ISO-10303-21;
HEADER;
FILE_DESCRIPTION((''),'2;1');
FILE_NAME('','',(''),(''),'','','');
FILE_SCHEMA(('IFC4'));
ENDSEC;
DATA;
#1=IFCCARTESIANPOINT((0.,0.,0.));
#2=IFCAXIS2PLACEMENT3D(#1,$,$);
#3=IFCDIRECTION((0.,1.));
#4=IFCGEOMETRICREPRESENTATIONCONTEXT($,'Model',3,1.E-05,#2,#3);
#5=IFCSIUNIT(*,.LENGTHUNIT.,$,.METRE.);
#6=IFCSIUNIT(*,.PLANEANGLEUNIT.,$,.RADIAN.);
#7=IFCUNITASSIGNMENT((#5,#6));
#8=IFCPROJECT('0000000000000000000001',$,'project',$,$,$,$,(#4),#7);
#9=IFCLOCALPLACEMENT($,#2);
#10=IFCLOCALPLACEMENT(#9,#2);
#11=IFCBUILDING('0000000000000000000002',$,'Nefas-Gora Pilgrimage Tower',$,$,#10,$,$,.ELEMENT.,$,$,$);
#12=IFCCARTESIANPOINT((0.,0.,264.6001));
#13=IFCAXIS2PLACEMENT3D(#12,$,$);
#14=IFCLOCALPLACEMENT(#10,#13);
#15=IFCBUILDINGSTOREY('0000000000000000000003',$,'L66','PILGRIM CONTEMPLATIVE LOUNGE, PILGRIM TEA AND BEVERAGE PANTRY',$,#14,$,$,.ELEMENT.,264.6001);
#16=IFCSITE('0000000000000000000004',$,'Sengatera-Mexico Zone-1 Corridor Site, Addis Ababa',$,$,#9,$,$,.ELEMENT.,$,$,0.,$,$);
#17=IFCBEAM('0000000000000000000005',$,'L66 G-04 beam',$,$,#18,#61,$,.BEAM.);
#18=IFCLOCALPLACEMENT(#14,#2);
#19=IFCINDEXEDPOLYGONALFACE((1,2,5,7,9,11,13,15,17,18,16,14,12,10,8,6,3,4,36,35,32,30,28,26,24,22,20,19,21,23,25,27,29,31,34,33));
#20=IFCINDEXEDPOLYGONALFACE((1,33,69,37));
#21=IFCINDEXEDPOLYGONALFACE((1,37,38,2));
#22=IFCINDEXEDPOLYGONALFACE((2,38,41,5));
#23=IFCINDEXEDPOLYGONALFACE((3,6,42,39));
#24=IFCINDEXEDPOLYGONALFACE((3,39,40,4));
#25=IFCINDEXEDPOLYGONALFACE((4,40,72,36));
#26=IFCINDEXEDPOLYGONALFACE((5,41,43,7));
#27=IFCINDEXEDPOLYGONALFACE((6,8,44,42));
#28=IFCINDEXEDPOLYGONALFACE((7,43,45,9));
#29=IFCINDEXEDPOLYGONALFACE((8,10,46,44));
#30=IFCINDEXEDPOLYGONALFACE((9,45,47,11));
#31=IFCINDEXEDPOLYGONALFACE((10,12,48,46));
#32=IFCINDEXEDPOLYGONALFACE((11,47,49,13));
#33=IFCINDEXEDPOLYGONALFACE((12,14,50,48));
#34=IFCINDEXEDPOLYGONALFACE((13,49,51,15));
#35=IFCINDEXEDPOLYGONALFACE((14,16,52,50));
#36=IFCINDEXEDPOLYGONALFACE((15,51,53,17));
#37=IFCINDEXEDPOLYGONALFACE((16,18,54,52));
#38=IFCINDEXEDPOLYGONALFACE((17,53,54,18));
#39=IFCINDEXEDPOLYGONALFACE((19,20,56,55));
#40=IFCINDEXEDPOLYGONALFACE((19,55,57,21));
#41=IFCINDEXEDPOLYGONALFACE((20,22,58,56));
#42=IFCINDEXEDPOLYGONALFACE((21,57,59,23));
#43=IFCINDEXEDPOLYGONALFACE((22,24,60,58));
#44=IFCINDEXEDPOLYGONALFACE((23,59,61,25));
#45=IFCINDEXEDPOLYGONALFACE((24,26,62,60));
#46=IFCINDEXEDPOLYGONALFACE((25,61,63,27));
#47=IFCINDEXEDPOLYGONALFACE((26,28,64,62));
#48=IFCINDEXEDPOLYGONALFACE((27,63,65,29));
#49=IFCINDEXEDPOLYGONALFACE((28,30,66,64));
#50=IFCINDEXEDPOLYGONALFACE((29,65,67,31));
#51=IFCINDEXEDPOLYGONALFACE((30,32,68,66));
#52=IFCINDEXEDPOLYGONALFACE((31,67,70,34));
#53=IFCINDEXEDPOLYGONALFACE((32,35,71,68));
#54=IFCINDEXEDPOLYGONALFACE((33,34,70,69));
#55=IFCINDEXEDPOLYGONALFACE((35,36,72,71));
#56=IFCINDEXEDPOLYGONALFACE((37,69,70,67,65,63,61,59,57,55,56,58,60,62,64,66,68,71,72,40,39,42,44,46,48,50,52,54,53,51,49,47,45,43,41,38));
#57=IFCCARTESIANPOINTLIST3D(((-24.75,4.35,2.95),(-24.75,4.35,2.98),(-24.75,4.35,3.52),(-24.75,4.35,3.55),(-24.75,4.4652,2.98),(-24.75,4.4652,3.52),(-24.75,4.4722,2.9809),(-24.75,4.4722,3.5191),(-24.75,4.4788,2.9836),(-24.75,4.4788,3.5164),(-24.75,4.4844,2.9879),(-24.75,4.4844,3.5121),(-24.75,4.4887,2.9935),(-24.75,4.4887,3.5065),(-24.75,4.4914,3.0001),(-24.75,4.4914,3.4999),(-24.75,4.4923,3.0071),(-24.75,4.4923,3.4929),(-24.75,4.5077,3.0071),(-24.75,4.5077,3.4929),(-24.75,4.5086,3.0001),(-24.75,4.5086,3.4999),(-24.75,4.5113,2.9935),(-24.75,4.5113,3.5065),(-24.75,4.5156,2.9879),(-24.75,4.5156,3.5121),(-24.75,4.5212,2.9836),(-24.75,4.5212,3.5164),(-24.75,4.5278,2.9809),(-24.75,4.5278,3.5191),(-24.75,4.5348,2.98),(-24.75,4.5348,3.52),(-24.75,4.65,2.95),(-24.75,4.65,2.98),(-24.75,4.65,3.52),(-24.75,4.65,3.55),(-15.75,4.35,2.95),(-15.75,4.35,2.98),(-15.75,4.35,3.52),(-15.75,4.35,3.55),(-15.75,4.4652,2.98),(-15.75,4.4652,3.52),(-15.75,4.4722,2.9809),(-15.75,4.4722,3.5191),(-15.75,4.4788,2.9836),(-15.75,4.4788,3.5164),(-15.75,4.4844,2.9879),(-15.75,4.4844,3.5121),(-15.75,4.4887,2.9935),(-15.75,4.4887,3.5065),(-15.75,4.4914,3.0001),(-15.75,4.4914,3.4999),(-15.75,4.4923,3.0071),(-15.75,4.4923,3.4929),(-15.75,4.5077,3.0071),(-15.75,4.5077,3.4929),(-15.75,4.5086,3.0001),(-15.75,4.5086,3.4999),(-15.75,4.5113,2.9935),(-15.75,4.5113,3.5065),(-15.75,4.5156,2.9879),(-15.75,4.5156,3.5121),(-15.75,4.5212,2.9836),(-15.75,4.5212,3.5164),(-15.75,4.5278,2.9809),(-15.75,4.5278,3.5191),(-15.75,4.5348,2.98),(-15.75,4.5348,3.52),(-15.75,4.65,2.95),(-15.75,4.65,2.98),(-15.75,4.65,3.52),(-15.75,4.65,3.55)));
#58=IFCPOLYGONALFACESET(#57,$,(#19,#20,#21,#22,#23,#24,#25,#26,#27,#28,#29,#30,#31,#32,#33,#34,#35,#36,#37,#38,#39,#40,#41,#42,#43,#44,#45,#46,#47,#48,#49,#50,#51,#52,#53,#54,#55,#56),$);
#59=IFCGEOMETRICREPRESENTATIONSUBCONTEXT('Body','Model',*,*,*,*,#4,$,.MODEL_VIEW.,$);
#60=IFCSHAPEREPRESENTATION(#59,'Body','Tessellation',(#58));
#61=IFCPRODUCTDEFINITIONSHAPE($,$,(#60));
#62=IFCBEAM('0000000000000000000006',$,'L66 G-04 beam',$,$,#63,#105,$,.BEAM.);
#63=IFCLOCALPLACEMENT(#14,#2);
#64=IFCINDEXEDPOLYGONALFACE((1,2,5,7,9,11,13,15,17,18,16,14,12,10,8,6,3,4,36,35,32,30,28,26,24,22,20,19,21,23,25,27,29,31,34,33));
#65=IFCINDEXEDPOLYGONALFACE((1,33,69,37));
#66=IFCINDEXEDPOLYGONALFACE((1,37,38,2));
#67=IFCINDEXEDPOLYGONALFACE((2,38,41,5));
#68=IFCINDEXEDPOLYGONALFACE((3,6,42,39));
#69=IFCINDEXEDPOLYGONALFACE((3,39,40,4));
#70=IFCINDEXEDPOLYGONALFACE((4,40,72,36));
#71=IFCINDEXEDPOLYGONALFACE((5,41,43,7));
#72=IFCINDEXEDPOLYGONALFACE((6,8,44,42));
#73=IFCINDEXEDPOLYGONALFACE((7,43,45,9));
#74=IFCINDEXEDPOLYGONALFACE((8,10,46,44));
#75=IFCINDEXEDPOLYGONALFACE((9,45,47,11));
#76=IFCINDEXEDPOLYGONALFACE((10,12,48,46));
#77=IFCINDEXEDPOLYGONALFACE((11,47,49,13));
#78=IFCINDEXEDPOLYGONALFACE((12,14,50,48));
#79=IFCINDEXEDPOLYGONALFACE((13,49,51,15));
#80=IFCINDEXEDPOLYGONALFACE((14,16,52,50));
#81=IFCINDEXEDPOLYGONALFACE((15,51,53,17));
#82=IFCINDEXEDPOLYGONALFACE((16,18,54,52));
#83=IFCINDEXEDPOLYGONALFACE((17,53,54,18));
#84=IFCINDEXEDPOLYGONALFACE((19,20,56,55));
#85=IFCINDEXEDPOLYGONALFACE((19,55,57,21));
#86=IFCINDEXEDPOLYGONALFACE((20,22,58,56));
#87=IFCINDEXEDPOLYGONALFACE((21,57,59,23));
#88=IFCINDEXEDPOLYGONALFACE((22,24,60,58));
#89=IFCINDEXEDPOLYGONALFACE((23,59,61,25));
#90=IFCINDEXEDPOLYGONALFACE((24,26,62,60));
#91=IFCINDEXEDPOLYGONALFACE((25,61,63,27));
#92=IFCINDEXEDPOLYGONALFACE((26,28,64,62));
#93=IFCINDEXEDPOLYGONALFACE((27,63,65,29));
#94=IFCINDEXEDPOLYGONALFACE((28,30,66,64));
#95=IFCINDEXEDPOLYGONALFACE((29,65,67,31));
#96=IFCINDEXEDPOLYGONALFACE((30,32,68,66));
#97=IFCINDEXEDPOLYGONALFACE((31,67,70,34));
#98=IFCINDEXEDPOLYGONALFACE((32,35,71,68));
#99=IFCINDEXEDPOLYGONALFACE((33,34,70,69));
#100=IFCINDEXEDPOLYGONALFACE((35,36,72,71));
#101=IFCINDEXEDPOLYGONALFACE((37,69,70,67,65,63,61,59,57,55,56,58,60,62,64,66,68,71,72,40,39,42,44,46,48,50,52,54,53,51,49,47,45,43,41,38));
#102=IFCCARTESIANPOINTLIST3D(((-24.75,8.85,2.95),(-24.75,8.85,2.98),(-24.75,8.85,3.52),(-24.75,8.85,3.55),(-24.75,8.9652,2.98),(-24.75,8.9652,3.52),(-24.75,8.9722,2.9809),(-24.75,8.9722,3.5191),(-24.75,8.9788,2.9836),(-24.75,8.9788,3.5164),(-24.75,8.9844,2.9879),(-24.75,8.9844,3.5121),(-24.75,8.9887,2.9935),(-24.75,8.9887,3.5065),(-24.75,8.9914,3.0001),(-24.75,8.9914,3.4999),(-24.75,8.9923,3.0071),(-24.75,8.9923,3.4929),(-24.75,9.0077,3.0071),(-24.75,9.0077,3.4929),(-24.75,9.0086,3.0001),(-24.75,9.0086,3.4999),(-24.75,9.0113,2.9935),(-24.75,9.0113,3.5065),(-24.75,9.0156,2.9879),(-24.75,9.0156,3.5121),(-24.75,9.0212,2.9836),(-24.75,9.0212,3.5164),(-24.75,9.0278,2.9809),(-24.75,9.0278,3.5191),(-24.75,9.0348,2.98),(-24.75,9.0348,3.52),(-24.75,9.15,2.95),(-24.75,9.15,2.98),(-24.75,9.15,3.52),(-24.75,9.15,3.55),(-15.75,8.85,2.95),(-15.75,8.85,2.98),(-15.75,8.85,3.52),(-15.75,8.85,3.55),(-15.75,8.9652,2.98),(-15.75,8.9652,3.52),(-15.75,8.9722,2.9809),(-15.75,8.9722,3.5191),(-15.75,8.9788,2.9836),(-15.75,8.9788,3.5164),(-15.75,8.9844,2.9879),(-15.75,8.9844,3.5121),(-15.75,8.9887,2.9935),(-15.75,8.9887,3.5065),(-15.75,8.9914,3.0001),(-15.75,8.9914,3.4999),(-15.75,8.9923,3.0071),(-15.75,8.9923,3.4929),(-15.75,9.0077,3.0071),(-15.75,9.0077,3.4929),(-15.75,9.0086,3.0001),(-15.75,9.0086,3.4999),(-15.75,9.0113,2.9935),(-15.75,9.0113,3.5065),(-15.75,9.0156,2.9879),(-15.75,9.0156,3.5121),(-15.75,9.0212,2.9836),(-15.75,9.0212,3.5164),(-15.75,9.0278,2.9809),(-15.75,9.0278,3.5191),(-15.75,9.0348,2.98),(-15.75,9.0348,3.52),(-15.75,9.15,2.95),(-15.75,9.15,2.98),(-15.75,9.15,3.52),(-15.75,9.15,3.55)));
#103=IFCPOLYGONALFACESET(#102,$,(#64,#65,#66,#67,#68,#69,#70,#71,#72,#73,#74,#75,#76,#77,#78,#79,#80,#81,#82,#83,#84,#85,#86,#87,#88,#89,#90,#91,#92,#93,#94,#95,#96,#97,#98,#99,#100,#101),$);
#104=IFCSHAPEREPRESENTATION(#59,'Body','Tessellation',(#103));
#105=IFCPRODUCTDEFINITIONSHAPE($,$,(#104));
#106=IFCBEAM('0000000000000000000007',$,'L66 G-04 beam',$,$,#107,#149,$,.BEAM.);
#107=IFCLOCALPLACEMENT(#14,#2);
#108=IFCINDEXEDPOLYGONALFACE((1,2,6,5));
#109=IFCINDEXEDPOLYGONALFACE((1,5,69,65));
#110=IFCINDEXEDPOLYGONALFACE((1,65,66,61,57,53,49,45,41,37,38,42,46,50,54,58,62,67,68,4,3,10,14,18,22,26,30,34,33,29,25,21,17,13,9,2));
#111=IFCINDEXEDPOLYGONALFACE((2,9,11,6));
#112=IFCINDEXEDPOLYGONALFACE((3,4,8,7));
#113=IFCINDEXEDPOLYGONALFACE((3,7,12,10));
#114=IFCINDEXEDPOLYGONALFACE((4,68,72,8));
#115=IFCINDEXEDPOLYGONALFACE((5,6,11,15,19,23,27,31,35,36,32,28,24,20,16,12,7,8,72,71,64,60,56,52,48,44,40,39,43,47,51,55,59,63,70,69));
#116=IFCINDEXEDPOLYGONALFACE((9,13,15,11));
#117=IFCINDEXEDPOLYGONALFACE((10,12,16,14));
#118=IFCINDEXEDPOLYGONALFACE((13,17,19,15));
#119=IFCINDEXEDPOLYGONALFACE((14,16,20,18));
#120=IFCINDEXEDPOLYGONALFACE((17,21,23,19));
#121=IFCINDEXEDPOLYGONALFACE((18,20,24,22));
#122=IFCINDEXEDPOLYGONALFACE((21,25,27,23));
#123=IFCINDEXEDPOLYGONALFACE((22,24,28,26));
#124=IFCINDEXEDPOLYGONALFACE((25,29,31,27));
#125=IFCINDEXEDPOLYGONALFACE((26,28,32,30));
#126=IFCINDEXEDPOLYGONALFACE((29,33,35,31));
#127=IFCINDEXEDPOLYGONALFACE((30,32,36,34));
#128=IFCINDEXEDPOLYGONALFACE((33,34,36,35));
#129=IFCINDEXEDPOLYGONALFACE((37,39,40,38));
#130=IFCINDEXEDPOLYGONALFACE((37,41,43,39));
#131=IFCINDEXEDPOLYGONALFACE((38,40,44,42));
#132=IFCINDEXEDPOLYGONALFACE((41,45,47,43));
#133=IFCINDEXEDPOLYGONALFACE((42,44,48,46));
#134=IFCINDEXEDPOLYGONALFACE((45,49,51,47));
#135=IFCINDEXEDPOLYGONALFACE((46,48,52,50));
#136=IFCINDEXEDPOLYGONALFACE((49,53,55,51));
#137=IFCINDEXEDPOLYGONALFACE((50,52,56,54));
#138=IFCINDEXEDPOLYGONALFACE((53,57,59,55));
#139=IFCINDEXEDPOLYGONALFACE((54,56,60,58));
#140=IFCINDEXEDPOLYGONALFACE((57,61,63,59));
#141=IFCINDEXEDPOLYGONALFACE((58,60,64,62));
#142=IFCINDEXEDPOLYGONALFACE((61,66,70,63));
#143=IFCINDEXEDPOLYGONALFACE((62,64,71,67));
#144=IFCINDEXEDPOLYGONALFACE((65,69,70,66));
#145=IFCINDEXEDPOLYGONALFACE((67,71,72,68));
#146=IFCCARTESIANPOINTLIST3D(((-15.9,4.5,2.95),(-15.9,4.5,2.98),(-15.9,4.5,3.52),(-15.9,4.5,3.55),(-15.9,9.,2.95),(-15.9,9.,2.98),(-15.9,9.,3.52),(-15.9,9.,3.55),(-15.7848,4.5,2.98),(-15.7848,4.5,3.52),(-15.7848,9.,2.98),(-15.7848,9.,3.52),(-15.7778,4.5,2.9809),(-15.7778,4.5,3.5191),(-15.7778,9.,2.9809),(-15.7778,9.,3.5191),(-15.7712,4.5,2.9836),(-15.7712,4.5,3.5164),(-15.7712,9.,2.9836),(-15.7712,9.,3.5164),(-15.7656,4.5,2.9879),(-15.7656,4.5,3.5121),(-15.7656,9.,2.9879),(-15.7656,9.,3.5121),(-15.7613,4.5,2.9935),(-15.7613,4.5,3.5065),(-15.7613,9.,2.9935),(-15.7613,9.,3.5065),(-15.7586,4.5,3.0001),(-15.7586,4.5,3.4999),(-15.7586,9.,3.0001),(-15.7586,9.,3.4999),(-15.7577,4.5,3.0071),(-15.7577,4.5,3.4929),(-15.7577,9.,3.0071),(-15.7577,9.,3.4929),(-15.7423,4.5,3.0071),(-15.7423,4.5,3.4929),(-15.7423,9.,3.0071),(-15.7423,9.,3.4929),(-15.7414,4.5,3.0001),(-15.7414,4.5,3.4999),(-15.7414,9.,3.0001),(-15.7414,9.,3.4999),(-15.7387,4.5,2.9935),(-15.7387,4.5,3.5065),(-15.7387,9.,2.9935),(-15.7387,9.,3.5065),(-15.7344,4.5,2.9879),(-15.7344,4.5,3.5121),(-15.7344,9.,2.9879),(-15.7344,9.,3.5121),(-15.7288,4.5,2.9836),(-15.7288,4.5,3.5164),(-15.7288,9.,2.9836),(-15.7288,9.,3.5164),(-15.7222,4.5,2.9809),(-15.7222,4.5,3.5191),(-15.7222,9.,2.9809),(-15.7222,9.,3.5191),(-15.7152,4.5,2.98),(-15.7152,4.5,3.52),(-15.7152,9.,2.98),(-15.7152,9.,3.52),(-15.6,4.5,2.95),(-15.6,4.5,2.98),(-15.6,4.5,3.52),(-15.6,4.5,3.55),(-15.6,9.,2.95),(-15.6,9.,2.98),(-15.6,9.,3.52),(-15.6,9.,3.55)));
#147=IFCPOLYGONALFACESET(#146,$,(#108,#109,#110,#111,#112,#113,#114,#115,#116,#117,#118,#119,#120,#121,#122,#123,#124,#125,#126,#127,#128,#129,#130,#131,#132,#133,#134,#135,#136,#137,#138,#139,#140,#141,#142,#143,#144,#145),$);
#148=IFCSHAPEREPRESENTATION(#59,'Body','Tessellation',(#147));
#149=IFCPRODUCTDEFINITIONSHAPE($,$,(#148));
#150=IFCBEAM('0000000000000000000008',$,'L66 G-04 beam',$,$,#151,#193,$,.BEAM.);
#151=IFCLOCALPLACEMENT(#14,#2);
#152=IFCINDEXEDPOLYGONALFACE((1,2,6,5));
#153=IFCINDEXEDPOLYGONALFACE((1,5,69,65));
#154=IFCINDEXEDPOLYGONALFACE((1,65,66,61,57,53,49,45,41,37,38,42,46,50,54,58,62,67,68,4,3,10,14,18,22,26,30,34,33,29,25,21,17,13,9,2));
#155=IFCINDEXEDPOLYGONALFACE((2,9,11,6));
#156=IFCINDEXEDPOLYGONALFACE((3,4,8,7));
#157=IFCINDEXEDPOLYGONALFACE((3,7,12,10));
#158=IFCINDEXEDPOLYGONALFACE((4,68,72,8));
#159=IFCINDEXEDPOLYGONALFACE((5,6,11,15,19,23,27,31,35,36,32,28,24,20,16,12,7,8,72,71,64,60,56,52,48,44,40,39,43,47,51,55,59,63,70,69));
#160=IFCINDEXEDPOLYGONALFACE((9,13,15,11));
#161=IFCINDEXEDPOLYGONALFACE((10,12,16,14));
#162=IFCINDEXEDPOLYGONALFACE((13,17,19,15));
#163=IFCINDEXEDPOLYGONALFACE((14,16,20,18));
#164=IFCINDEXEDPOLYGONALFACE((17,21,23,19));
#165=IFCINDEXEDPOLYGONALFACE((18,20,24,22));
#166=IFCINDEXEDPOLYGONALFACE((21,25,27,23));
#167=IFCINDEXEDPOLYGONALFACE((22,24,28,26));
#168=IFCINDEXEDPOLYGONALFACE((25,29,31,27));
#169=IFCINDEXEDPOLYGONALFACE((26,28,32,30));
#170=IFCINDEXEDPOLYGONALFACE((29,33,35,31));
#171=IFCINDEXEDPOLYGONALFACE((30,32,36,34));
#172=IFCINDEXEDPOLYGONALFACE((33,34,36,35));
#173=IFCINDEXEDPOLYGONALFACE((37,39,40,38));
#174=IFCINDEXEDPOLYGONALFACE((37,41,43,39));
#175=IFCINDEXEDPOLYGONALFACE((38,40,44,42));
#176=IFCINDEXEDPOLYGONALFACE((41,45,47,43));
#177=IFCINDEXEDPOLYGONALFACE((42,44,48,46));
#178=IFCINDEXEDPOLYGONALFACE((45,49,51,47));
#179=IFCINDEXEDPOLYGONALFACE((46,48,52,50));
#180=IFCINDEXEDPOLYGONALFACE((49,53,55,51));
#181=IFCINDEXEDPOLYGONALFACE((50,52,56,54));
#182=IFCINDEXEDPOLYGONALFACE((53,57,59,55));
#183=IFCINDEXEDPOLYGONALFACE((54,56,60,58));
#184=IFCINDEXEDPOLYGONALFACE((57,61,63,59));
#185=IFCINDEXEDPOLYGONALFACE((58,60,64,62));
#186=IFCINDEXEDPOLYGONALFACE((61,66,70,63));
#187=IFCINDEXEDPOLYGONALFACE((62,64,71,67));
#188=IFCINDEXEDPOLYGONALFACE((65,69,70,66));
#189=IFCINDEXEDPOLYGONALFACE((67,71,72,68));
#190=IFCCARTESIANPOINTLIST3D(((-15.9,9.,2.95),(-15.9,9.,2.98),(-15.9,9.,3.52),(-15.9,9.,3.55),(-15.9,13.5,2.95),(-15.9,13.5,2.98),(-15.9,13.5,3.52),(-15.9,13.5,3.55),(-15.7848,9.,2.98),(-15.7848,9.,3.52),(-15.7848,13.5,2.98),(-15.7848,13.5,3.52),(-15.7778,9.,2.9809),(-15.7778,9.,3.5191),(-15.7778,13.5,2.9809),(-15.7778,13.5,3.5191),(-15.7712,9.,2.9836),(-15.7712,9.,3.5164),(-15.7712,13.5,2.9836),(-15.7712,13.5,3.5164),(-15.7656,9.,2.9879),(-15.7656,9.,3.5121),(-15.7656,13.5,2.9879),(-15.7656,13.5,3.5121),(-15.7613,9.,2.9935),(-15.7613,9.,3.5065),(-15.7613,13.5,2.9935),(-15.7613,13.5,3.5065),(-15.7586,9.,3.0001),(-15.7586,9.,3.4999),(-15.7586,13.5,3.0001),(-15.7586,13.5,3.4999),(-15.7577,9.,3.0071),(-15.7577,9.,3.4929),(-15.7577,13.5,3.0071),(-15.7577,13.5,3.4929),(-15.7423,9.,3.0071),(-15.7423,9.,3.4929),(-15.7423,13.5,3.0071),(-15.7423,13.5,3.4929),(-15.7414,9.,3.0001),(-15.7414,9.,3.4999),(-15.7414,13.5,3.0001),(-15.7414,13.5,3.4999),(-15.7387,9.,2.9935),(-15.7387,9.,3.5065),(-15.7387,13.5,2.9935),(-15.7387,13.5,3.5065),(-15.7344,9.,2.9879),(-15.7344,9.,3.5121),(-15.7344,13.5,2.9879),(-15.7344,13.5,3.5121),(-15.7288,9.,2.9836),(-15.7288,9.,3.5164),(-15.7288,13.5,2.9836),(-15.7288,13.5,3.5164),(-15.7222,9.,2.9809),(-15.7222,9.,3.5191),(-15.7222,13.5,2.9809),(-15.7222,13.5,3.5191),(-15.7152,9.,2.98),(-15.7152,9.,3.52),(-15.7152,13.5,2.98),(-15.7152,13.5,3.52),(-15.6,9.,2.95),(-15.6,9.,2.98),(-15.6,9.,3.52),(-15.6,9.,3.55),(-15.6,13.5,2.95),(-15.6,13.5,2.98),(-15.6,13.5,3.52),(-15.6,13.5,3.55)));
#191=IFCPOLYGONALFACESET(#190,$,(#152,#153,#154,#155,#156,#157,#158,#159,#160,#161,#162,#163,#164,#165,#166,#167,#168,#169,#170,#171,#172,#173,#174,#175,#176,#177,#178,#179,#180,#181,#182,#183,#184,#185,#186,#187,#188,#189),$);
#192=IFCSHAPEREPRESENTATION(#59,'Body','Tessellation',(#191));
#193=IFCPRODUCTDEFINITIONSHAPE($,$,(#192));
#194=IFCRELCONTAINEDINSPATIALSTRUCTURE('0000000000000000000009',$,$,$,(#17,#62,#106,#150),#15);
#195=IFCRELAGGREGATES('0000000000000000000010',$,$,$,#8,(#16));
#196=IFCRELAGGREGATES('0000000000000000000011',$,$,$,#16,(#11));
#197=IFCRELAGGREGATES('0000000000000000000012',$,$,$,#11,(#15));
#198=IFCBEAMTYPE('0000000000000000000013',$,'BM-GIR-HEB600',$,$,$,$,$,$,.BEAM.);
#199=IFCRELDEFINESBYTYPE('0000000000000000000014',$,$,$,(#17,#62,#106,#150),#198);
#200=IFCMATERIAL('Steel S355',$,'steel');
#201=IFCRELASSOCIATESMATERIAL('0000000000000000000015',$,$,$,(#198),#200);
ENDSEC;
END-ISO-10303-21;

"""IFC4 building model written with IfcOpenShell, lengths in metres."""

from ifc_helpers import new_model, si_unit, direction, frame, origin, origin_2d, place, context, subcontext, project, spatial, i_section, extrude, source, transform, mapped, material, material_profile, profile_set, type_object, element, save


model = new_model("IFC4")

# Units and contexts
model_context = context("Model", 3, precision=1e-05, world=origin(), true_north=direction((0.0, 1.0)))
body_context = subcontext(model_context, "Body", "Model", "MODEL_VIEW")
ifc_project = project(units=[si_unit("LENGTHUNIT", "METRE"), si_unit("PLANEANGLEUNIT", "RADIAN")], contexts=[model_context])

# Site, building, storey
site_placement = place(None, origin())
site = spatial("IfcSite", under=ifc_project, at=site_placement, Name="Sengatera-Mexico Zone-1 Corridor Site, Addis Ababa", CompositionType="ELEMENT", RefElevation=0.0)
building_placement = place(site_placement, origin())
building = spatial("IfcBuilding", under=site, at=building_placement, Name="Nefas-Gora Pilgrimage Tower", CompositionType="ELEMENT")
storey_placement = place(building_placement, frame((0.0, 0.0, 264.6001)))
storey = spatial("IfcBuildingStorey", under=building, at=storey_placement, Name="L66", Description="PILGRIM CONTEMPLATIVE LOUNGE, PILGRIM TEA AND BEVERAGE PANTRY", CompositionType="ELEMENT", Elevation=264.6001)

# Shared definitions
ifc_material_1 = material(Name="Steel S355", Category="steel")

# Beams
ifc_material_profile_1 = material_profile(ifc_material_1, i_section(OverallWidth=0.3, OverallDepth=0.6001, WebThickness=0.0154, FlangeThickness=0.03, FilletRadius=0.0271, at=origin_2d()), Name="HEB 600")
ifc_profile_set_1 = profile_set([ifc_material_profile_1], Name="Steel S355")
beam_type_1 = type_object("IfcBeamType", Name="BM-GIR-HEB600", PredefinedType="BEAM", material=ifc_profile_set_1)
shared_shape_1 = source(origin(), body_context, "Body", "SweptSolid", [
    extrude(i_section(OverallWidth=0.3, OverallDepth=0.6001, WebThickness=0.0154, FlangeThickness=0.03, FilletRadius=0.0271, at=origin_2d()), origin(), (0.0, 0.0, 1.0), 9.0),
])
for number, where, z_axis, x_axis, name in (
    (1, (-24.75, 4.5, 3.25), (1.0, 0.0, 0.0), (0.0, 1.0, 0.0), "L66 G-04 beam"),
    (2, (-24.75, 9.0, 3.25), (1.0, 0.0, 0.0), (0.0, 1.0, 0.0), "L66 G-04 beam"),
):
    element("IfcBeam", number, at=place(storey_placement, frame(where, z_axis=z_axis, x_axis=x_axis)), inside=storey, type_object=beam_type_1, Name=name, PredefinedType="BEAM", context=body_context, shape_type="MappedRepresentation", body=[
        mapped(shared_shape_1, transform((0.0, 0.0, 0.0), x_axis=(1.0, 0.0, 0.0), y_axis=(0.0, 1.0, 0.0), z_axis=(0.0, 0.0, 1.0), scale=1.0)),
    ])
shared_shape_2 = source(origin(), body_context, "Body", "SweptSolid", [
    extrude(i_section(OverallWidth=0.3, OverallDepth=0.6001, WebThickness=0.0154, FlangeThickness=0.03, FilletRadius=0.0271, at=origin_2d()), origin(), (0.0, 0.0, 1.0), 4.5),
])
for number, where, z_axis, x_axis, name in (
    (3, (-15.75, 4.5, 3.25), (0.0, 1.0, 0.0), (-1.0, 0.0, 0.0), "L66 G-04 beam"),
    (4, (-15.75, 9.0, 3.25), (0.0, 1.0, 0.0), (-1.0, 0.0, 0.0), "L66 G-04 beam"),
):
    element("IfcBeam", number, at=place(storey_placement, frame(where, z_axis=z_axis, x_axis=x_axis)), inside=storey, type_object=beam_type_1, Name=name, PredefinedType="BEAM", context=body_context, shape_type="MappedRepresentation", body=[
        mapped(shared_shape_2, transform((0.0, 0.0, 0.0), x_axis=(1.0, 0.0, 0.0), y_axis=(0.0, 1.0, 0.0), z_axis=(0.0, 0.0, 1.0), scale=1.0)),
    ])

save(model, "model.ifc")
